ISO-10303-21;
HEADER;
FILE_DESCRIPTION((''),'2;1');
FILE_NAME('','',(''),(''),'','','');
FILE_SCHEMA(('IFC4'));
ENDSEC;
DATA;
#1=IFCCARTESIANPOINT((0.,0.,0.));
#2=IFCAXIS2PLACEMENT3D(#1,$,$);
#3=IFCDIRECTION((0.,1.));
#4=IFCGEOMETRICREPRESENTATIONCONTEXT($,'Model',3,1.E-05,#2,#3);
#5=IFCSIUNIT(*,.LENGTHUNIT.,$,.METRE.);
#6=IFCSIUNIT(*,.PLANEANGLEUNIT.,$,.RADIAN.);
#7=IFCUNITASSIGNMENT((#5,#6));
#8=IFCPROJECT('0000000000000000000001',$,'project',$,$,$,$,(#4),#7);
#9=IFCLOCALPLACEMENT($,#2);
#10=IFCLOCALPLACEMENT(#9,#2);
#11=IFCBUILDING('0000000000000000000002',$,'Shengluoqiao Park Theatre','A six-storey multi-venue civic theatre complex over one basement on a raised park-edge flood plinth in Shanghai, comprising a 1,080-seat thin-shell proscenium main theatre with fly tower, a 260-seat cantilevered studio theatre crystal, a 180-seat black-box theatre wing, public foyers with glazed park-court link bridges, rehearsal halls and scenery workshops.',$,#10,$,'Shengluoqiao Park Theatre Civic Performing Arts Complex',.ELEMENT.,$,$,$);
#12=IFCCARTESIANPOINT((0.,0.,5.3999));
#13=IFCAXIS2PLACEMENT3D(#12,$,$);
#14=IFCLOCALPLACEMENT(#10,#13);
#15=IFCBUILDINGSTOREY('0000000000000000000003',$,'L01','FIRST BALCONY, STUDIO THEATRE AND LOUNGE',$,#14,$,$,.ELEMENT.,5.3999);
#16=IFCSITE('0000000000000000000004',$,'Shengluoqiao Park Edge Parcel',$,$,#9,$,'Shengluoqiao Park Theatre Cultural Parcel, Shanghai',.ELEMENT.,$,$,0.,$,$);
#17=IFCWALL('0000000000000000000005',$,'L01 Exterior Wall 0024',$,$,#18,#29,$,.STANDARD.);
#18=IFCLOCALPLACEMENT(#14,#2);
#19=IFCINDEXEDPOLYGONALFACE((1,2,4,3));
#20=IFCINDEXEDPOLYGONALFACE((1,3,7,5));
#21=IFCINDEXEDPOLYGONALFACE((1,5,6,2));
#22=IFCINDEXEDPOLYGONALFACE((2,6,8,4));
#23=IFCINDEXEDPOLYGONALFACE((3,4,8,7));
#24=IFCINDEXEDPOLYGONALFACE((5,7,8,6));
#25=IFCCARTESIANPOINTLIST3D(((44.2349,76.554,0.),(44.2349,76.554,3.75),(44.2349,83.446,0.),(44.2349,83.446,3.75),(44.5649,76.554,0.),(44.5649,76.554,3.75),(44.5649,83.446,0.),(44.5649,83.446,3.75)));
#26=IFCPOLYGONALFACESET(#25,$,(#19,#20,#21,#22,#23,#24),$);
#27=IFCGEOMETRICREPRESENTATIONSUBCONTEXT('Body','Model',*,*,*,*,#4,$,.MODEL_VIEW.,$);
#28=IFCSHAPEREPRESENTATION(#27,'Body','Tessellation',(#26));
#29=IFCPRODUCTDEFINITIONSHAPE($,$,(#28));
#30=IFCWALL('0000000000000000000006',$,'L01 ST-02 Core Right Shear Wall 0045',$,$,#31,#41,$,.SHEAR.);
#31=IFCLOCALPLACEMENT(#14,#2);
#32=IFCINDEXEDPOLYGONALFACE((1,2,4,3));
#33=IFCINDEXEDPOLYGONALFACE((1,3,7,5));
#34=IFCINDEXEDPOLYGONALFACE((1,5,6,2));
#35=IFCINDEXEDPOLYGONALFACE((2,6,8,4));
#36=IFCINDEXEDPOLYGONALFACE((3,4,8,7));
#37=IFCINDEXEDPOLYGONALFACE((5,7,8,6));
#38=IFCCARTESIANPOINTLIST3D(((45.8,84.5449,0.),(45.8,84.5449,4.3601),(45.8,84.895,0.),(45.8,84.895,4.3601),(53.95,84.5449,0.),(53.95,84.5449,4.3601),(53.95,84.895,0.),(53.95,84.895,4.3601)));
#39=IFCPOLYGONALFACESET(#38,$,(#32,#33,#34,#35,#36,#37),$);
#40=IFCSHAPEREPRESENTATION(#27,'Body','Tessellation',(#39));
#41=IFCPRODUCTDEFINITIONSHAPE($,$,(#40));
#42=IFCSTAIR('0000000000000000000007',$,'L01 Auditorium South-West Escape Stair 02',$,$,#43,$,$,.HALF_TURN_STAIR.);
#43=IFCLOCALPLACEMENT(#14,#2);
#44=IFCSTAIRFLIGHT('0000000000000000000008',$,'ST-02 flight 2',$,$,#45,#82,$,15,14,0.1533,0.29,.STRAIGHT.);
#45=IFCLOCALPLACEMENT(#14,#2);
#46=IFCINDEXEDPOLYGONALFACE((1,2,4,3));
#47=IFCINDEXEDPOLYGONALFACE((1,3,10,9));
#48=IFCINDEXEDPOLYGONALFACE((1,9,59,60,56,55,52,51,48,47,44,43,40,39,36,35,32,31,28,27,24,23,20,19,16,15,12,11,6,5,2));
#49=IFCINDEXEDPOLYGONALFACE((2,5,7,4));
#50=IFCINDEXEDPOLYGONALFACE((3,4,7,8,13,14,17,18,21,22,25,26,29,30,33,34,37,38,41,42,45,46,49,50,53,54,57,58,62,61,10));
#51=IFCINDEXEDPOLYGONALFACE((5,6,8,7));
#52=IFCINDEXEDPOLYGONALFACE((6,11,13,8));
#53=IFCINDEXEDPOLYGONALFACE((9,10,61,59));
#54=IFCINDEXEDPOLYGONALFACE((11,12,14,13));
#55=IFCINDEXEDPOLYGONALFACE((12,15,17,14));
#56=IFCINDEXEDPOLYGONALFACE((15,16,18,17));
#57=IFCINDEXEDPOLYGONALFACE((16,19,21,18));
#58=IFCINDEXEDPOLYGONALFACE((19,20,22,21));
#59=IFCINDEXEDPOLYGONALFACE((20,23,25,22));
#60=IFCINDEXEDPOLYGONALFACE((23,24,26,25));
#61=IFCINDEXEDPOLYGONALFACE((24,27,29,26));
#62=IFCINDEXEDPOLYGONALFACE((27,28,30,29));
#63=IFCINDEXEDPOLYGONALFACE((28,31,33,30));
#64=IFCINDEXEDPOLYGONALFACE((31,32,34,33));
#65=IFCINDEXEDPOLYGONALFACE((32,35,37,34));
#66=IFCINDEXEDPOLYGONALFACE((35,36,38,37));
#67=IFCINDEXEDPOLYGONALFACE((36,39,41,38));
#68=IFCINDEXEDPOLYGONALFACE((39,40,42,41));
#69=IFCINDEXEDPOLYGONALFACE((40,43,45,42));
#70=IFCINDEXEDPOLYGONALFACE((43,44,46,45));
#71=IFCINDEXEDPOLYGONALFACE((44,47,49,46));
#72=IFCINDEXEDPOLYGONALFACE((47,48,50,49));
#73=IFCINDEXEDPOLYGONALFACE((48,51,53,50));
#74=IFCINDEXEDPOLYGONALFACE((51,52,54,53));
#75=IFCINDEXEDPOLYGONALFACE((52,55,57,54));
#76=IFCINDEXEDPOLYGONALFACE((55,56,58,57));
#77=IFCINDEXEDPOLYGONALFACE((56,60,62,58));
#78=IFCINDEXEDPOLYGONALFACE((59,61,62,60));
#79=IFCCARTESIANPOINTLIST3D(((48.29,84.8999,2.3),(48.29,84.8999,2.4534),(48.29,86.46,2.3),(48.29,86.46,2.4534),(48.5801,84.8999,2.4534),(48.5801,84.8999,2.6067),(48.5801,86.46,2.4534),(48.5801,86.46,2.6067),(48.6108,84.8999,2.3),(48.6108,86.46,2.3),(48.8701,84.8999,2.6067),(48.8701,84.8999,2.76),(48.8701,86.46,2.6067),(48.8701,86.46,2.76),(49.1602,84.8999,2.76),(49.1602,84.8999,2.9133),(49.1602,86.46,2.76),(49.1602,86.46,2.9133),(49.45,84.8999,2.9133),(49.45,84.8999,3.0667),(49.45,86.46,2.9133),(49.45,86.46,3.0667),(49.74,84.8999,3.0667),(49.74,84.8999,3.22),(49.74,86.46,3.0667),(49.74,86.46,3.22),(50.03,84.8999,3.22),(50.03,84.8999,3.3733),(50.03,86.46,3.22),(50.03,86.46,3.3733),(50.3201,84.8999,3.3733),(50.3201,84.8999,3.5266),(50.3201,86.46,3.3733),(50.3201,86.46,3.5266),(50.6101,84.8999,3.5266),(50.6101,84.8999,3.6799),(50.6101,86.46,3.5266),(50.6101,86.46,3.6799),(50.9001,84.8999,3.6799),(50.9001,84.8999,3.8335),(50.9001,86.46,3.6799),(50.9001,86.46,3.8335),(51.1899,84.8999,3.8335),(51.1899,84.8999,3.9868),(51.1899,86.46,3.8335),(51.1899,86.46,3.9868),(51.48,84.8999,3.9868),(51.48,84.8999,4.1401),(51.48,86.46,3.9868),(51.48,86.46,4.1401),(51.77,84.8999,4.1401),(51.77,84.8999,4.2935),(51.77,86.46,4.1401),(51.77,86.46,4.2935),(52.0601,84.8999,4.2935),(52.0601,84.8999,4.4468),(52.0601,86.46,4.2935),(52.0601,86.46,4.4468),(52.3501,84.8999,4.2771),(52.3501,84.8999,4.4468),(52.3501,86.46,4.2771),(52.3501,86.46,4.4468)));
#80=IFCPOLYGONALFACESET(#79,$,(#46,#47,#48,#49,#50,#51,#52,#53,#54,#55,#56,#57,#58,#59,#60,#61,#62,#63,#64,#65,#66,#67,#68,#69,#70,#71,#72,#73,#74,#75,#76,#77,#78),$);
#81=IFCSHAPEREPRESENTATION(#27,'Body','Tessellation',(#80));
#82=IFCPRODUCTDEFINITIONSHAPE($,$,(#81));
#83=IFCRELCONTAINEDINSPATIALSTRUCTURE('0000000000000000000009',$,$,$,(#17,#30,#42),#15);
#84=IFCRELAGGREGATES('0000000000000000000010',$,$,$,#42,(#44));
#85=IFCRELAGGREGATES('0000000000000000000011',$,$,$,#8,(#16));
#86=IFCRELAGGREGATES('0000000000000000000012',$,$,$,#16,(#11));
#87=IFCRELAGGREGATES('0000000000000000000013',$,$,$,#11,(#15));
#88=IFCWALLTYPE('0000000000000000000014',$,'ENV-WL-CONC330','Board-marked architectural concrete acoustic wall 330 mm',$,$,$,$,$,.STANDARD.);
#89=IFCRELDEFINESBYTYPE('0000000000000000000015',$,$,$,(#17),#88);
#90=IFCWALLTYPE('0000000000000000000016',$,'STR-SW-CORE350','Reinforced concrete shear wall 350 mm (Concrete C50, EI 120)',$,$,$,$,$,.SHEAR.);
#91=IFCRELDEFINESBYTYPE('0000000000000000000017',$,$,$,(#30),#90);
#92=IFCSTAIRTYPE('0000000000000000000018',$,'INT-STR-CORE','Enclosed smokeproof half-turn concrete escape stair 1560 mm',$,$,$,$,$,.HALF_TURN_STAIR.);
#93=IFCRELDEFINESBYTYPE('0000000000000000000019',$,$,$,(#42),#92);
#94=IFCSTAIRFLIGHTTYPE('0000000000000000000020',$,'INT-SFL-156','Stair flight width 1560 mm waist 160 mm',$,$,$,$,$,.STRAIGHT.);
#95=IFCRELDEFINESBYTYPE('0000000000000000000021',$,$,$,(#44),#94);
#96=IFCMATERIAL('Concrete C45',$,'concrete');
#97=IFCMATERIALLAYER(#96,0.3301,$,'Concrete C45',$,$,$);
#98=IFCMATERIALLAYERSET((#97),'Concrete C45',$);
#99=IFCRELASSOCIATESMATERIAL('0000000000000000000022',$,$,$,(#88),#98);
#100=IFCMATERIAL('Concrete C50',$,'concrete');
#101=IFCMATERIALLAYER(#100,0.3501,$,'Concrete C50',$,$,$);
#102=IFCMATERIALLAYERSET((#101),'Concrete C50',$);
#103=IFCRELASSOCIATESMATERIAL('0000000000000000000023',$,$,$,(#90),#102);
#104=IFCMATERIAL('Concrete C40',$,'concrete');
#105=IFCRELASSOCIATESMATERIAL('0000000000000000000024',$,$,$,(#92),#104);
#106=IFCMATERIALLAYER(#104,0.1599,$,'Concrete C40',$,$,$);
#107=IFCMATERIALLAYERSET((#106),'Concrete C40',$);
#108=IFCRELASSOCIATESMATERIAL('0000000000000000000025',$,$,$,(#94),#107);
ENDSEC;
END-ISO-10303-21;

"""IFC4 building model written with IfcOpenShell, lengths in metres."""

from ifc_helpers import new_model, si_unit, direction, frame, frame_2d, origin, place, context, subcontext, project, spatial, polyline, rectangle, outline, extrude, material, layer, layer_set, type_object, element, aggregate, save


model = new_model("IFC4")

# Units and contexts
model_context = context("Model", 3, precision=1e-05, world=origin(), true_north=direction((0.0, 1.0)))
body_context = subcontext(model_context, "Body", "Model", "MODEL_VIEW")
ifc_project = project(units=[si_unit("LENGTHUNIT", "METRE"), si_unit("PLANEANGLEUNIT", "RADIAN")], contexts=[model_context])

# Site, building, storey
site_placement = place(None, origin())
site = spatial("IfcSite", under=ifc_project, at=site_placement, Name="Shengluoqiao Park Edge Parcel", LongName="Shengluoqiao Park Theatre Cultural Parcel, Shanghai", CompositionType="ELEMENT", RefElevation=0.0)
building_placement = place(site_placement, origin())
building = spatial("IfcBuilding", under=site, at=building_placement, Name="Shengluoqiao Park Theatre", Description="A six-storey multi-venue civic theatre complex over one basement on a raised park-edge flood plinth in Shanghai, comprising a 1,080-seat thin-shell proscenium main theatre with fly tower, a 260-seat cantilevered studio theatre crystal, a 180-seat black-box theatre wing, public foyers with glazed park-court link bridges, rehearsal halls and scenery workshops.", LongName="Shengluoqiao Park Theatre Civic Performing Arts Complex", CompositionType="ELEMENT")
storey_placement = place(building_placement, frame((0.0, 0.0, 5.3999)))
storey = spatial("IfcBuildingStorey", under=building, at=storey_placement, Name="L01", Description="FIRST BALCONY, STUDIO THEATRE AND LOUNGE", CompositionType="ELEMENT", Elevation=5.3999)

# Shared definitions
ifc_material_1 = material(Name="Concrete C50", Category="concrete")

# Walls
ifc_material_2 = material(Name="Concrete C45", Category="concrete")
ifc_layer_1 = layer(ifc_material_2, 0.3301, Name="Concrete C45")
ifc_layer_set_1 = layer_set([ifc_layer_1], Name="Concrete C45")
wall_type_1 = type_object("IfcWallType", Name="ENV-WL-CONC330", Description="Board-marked architectural concrete acoustic wall 330 mm", PredefinedType="STANDARD", material=ifc_layer_set_1)
wall_1_placement = place(storey_placement, frame((44.3999, 76.554, 0.0), z_axis=(0.0, 0.0, 1.0), x_axis=(0.0, 1.0, 0.0)))
element("IfcWall", 1, at=wall_1_placement, inside=storey, type_object=wall_type_1, Name="L01 Exterior Wall 0024", PredefinedType="STANDARD", context=body_context, shape_type="SweptSolid", body=[
    extrude(rectangle(XDim=6.8921, YDim=0.3301, at=frame_2d((3.446, 0.0))), origin(), (0.0, 0.0, 1.0), 3.75),
])
ifc_layer_2 = layer(ifc_material_1, 0.3501, Name="Concrete C50")
ifc_layer_set_2 = layer_set([ifc_layer_2], Name="Concrete C50")
wall_type_2 = type_object("IfcWallType", Name="STR-SW-CORE350", Description="Reinforced concrete shear wall 350 mm (Concrete C50, EI 120)", PredefinedType="SHEAR", material=ifc_layer_set_2)
wall_2_placement = place(storey_placement, frame((45.8, 84.72, 0.0), z_axis=(0.0, 0.0, 1.0), x_axis=(1.0, 0.0, 0.0)))
element("IfcWall", 2, at=wall_2_placement, inside=storey, type_object=wall_type_2, Name="L01 ST-02 Core Right Shear Wall 0045", PredefinedType="SHEAR", context=body_context, shape_type="SweptSolid", body=[
    extrude(rectangle(XDim=8.1499, YDim=0.3501, at=frame_2d((4.075, 0.0))), origin(), (0.0, 0.0, 1.0), 4.3601),
])

# Stair, stair flight
ifc_material_3 = material(Name="Concrete C40", Category="concrete")
stair_type = type_object("IfcStairType", Name="INT-STR-CORE", Description="Enclosed smokeproof half-turn concrete escape stair 1560 mm", PredefinedType="HALF_TURN_STAIR", material=ifc_material_3)
stair_placement = place(storey_placement, origin())
stair = element("IfcStair", 3, at=stair_placement, inside=storey, type_object=stair_type, Name="L01 Auditorium South-West Escape Stair 02", PredefinedType="HALF_TURN_STAIR")
ifc_layer_3 = layer(ifc_material_3, 0.1599, Name="Concrete C40")
ifc_layer_set_3 = layer_set([ifc_layer_3], Name="Concrete C40")
stair_flight_type = type_object("IfcStairFlightType", Name="INT-SFL-156", Description="Stair flight width 1560 mm waist 160 mm", PredefinedType="STRAIGHT", material=ifc_layer_set_3)
stair_flight_placement = place(storey_placement, frame((48.29, 85.6799, 2.3), z_axis=(0.0, 0.0, 1.0), x_axis=(1.0, 0.0, 0.0)))
stair_flight = element("IfcStairFlight", 4, at=stair_flight_placement, type_object=stair_flight_type, Name="ST-02 flight 2", NumberOfRisers=15, NumberOfTreads=14, PredefinedType="STRAIGHT", RiserHeight=0.1533, TreadLength=0.29, context=body_context, shape_type="SweptSolid", body=[
    extrude(outline(polyline([(0.0, 0.0), (0.0, 0.1533), (0.29, 0.1533), (0.29, 0.3066), (0.5801, 0.3066), (0.5801, 0.46), (0.8701, 0.46), (0.8701, 0.6133), (1.1599, 0.6133), (1.1599, 0.7666), (1.45, 0.7666), (1.45, 0.9199), (1.74, 0.9199), (1.74, 1.0732), (2.03, 1.0732), (2.03, 1.2266), (2.3201, 1.2266), (2.3201, 1.3799), (2.6101, 1.3799), (2.6101, 1.5334), (2.8999, 1.5334), (2.8999, 1.6868), (3.1899, 1.6868), (3.1899, 1.8401), (3.48, 1.8401), (3.48, 1.9934), (3.77, 1.9934), (3.77, 2.1467), (4.0601, 2.1467), (4.0601, 2.3), (4.0601, 1.9771), (0.3208, 0.0), (0.0, 0.0)])), frame((0.0, 0.78, 0.0), z_axis=(0.0, -1.0, 0.0), x_axis=(1.0, 0.0, 0.0)), (0.0, 0.0, 1.0), 1.5601),
])
aggregate(stair, [stair_flight])

save(model, "model.ifc")
